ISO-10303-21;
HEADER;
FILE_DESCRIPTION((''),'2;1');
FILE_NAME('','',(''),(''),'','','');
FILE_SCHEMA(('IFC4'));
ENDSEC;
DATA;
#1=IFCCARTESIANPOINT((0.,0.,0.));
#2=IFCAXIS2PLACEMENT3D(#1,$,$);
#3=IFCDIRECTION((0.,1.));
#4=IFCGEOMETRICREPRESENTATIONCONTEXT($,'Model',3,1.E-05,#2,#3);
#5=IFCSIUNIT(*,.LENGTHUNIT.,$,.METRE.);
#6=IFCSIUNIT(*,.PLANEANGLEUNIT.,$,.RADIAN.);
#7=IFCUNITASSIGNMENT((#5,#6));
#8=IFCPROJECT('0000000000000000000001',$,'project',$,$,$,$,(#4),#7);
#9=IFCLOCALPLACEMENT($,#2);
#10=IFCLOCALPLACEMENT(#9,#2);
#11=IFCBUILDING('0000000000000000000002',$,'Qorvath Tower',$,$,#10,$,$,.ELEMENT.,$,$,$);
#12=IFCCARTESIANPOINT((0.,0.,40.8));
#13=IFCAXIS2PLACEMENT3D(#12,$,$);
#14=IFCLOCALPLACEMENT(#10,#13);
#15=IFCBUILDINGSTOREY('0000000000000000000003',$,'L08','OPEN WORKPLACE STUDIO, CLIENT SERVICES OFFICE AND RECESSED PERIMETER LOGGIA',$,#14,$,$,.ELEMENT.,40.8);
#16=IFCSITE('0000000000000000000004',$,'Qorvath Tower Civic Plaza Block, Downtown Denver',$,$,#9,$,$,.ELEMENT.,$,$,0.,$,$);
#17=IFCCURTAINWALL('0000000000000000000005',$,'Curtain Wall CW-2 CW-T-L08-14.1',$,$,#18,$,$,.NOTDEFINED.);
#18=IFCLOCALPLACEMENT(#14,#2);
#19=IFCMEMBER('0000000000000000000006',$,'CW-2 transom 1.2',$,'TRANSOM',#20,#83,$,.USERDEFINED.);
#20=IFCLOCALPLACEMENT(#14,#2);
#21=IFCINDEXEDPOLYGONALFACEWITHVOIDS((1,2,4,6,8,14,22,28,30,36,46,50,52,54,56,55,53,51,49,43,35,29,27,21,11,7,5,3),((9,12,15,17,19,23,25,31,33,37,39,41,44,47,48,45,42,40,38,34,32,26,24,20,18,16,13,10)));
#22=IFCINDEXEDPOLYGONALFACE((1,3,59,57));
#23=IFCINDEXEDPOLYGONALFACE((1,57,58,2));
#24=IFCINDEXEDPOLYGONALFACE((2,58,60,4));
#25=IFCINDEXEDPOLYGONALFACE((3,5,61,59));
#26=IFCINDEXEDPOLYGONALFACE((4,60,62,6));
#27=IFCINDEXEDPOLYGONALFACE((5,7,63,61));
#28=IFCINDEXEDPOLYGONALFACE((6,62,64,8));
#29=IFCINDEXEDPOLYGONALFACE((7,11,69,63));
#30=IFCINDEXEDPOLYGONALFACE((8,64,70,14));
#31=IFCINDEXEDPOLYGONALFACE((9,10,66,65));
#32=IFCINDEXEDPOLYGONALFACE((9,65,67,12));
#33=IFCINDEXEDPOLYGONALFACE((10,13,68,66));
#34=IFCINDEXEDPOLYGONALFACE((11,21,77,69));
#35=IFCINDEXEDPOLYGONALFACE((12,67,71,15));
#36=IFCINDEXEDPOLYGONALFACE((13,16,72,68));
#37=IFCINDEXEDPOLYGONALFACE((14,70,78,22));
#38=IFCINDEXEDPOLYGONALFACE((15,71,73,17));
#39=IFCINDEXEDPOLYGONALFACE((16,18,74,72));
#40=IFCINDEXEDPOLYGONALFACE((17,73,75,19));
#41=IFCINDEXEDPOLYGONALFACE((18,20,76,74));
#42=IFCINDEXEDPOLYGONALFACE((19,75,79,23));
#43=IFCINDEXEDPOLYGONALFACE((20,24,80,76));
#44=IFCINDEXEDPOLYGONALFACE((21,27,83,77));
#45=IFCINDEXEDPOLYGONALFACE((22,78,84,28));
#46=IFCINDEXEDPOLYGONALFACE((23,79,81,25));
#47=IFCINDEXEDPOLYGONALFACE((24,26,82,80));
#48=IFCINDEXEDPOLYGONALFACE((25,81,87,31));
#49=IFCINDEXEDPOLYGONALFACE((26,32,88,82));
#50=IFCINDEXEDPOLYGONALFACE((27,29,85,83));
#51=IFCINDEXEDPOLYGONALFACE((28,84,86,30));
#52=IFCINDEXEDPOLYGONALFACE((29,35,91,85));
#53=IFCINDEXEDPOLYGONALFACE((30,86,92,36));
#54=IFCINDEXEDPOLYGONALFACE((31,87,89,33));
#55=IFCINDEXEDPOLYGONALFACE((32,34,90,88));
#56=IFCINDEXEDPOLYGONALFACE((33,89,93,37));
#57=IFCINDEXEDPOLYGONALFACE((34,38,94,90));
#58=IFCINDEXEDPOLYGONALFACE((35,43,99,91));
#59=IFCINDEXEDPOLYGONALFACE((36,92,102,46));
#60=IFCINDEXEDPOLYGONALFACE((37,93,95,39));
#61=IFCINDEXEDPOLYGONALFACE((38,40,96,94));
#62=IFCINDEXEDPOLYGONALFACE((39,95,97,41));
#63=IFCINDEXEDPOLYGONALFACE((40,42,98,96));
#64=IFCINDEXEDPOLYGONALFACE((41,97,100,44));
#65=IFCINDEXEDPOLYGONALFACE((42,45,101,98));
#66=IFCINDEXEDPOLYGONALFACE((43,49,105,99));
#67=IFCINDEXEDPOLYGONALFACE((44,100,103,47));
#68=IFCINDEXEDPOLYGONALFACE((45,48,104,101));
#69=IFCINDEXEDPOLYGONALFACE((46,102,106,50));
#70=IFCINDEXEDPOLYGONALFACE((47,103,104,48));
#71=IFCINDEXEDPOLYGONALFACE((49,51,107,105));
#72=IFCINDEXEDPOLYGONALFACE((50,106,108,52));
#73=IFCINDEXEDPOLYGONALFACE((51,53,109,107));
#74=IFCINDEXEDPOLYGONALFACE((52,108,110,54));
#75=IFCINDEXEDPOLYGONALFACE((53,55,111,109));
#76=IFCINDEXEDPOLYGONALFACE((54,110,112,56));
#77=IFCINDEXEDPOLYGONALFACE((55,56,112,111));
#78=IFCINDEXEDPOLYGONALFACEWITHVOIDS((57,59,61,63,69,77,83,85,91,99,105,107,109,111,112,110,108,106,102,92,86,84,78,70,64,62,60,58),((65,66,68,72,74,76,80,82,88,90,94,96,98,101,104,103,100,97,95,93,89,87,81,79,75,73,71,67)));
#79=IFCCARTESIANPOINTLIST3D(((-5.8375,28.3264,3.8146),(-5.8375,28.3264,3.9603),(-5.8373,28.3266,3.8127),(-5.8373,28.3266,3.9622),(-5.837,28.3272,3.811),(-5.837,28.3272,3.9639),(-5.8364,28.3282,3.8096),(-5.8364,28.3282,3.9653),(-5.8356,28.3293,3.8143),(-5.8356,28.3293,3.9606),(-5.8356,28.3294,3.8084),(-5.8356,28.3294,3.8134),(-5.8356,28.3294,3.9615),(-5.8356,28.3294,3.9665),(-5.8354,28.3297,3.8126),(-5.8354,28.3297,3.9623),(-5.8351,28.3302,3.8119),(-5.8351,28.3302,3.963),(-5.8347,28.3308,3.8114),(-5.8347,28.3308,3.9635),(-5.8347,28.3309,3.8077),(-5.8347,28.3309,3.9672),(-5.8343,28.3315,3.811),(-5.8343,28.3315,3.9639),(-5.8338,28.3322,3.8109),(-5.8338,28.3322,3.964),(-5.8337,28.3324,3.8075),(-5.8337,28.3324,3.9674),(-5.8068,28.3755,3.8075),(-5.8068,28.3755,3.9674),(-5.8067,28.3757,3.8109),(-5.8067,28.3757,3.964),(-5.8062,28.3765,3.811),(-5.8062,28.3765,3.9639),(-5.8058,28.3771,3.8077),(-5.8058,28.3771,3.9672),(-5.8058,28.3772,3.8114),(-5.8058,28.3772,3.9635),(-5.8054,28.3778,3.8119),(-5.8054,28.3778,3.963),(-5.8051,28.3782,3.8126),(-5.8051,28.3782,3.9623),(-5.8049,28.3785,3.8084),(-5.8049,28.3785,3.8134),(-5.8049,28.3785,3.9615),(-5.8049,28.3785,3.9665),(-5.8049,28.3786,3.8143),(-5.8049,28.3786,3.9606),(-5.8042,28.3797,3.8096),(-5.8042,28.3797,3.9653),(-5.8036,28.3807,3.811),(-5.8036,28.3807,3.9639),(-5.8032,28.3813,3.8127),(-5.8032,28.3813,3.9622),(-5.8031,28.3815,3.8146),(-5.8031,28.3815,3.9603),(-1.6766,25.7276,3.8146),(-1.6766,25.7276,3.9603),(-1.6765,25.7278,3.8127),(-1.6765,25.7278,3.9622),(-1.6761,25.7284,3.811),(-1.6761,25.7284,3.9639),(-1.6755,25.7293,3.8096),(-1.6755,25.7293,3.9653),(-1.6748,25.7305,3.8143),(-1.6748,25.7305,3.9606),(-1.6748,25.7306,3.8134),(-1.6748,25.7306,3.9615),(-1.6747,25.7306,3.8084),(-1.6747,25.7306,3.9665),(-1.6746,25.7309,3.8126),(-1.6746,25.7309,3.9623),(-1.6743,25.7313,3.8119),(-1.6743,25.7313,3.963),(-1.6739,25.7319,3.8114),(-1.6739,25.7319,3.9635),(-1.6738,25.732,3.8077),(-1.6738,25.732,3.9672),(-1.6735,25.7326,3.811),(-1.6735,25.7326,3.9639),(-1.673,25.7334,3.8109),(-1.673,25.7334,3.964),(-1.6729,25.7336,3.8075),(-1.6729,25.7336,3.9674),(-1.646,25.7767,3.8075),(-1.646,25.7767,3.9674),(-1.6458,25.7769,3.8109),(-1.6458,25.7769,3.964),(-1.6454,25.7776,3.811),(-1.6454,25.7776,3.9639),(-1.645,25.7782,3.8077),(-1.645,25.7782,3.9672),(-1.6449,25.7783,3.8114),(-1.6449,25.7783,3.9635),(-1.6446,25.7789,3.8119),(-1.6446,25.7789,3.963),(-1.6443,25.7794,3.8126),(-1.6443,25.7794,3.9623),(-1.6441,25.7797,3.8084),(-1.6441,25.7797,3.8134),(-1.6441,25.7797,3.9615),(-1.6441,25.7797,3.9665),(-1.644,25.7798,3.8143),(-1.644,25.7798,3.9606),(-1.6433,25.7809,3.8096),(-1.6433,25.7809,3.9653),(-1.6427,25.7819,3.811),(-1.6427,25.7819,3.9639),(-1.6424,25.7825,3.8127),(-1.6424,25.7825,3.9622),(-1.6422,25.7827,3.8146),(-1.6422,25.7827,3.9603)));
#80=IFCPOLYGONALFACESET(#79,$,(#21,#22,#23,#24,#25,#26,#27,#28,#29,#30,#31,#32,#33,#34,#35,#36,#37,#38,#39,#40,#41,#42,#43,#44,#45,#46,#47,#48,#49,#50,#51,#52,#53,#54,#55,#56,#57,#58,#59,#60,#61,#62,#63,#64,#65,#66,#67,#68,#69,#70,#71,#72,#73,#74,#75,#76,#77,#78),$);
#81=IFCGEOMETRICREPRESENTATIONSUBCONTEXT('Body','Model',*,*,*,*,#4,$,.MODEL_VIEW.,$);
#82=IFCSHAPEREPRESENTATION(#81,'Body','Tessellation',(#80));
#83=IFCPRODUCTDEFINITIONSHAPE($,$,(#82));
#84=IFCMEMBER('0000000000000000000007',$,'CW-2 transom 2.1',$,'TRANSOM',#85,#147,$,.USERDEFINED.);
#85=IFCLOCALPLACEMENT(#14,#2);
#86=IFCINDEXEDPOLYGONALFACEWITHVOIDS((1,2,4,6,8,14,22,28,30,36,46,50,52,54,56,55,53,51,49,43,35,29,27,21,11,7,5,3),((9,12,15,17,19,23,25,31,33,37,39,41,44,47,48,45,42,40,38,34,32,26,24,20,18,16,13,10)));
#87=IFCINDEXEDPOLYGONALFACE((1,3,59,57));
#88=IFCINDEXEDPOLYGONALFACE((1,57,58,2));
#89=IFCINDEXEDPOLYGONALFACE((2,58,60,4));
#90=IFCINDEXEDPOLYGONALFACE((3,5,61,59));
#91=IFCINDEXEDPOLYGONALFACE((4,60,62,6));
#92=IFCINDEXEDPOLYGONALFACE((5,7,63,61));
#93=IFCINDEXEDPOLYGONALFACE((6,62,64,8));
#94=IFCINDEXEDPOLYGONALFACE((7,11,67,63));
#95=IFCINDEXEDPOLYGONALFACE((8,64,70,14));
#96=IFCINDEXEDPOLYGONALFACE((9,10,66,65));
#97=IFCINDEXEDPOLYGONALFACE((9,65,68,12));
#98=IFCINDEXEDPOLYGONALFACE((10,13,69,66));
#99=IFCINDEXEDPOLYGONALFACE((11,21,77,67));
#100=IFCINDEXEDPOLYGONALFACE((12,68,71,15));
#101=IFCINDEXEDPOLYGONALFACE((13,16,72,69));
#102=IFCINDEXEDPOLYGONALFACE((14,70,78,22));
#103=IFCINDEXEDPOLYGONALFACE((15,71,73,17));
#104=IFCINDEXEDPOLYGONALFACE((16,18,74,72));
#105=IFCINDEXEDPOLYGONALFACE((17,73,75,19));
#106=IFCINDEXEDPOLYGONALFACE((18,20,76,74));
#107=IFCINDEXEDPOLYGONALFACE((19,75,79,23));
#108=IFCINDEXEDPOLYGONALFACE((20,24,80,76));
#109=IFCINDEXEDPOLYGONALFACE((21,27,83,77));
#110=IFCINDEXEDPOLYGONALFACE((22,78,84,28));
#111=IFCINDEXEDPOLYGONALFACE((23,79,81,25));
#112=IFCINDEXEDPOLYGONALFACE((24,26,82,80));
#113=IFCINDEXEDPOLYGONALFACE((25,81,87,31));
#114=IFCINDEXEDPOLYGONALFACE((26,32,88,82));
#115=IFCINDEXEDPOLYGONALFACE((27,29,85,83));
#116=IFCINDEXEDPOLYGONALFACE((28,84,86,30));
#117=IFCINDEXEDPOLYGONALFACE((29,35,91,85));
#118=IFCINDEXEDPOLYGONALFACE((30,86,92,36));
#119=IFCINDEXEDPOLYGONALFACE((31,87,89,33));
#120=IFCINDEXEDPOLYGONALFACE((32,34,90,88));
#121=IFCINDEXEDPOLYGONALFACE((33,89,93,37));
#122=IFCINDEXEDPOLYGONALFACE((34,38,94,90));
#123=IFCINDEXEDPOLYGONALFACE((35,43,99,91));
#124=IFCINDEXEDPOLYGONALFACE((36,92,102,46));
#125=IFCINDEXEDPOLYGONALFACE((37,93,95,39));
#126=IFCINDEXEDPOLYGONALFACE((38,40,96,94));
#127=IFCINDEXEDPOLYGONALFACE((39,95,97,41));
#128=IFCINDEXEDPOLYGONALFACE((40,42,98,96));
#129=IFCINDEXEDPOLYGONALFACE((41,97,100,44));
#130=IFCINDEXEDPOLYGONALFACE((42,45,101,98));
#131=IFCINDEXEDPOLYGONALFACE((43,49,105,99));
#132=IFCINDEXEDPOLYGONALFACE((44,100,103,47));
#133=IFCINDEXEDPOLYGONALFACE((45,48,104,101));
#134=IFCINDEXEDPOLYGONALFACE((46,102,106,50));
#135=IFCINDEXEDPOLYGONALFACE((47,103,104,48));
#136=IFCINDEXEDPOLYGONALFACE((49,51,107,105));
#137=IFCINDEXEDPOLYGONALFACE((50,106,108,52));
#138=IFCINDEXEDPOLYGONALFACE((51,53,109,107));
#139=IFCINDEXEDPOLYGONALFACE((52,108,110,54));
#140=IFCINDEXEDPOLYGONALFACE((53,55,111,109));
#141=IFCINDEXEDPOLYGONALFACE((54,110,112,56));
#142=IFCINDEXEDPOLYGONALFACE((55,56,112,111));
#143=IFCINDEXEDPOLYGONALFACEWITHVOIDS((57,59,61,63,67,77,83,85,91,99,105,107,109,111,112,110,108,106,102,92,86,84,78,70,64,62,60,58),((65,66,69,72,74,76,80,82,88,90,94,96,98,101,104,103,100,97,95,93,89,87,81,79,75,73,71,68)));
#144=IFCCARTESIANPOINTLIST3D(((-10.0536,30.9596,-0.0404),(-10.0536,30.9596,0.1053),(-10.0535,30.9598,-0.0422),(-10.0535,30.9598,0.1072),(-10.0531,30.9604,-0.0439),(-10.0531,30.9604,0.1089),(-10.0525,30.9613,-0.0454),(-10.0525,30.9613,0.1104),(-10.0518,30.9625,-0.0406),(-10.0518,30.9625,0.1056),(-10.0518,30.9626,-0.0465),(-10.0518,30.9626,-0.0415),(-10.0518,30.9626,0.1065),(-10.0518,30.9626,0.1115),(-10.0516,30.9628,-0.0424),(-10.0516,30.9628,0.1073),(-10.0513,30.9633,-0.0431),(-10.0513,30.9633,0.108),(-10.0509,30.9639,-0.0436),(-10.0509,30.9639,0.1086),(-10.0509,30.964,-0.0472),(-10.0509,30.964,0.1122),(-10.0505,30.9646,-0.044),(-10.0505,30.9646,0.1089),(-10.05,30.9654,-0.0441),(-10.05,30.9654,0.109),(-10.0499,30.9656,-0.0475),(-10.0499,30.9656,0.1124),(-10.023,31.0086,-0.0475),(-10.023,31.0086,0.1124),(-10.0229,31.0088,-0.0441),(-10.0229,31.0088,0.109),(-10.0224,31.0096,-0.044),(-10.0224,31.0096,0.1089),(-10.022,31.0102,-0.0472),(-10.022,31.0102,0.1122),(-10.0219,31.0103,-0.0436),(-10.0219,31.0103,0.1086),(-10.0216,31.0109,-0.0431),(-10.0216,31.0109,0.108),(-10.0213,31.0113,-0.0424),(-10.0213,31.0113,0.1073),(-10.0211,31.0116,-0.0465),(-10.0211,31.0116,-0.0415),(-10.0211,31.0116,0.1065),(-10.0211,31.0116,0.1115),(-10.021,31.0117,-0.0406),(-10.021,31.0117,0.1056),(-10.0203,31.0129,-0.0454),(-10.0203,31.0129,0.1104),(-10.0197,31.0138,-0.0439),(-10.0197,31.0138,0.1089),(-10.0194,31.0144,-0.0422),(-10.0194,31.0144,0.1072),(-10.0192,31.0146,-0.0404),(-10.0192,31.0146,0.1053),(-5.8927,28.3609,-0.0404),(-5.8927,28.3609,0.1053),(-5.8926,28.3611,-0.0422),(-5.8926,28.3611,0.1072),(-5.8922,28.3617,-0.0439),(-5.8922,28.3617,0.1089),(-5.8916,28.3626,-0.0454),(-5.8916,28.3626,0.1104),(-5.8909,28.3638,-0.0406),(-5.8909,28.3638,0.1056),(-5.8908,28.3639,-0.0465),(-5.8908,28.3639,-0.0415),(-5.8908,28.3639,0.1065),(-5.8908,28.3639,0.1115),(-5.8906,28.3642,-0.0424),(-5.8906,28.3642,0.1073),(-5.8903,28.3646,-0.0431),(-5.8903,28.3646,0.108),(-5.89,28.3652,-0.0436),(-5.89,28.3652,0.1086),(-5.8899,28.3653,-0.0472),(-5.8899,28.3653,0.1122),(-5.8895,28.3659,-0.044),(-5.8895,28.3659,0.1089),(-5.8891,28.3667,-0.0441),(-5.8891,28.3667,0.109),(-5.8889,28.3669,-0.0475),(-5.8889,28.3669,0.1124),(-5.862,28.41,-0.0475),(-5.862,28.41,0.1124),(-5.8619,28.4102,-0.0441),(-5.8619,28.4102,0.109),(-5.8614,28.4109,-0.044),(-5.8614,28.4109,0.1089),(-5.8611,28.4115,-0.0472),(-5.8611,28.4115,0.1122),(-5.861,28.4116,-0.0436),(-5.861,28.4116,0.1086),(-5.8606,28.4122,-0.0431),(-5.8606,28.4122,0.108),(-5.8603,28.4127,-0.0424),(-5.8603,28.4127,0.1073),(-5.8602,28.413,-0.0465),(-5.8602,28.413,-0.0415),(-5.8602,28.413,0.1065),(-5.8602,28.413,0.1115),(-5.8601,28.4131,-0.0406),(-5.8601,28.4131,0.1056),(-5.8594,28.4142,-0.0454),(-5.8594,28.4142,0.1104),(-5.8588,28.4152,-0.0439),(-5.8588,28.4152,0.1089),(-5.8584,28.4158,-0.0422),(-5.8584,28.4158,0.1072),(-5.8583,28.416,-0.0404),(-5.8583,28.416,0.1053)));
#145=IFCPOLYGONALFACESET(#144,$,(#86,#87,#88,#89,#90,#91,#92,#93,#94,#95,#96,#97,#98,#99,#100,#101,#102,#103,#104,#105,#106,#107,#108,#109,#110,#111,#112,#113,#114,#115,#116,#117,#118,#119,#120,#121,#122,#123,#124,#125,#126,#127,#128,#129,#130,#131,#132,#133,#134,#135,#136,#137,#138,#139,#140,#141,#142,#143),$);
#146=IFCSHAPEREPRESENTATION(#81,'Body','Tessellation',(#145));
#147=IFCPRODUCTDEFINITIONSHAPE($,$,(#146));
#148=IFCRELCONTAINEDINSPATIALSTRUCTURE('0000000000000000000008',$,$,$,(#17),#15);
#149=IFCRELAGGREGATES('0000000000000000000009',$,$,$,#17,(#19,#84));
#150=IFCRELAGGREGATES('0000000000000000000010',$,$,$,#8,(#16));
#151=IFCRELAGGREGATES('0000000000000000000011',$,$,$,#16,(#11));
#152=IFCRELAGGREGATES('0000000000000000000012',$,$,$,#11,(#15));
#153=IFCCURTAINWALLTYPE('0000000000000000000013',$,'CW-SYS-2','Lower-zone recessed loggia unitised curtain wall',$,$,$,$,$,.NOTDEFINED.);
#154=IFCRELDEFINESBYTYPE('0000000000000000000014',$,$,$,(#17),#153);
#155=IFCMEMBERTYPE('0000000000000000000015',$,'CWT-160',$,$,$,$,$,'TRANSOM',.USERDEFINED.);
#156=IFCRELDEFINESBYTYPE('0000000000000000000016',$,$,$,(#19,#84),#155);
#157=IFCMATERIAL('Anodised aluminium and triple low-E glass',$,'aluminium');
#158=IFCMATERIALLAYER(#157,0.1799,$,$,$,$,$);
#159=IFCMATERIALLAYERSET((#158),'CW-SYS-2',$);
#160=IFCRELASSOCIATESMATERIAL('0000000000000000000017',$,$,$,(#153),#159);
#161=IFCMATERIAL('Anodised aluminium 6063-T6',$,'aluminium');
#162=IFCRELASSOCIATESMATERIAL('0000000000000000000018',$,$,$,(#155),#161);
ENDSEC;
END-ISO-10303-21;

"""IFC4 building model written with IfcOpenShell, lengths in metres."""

from ifc_helpers import new_model, si_unit, direction, frame, origin, origin_2d, place, context, subcontext, project, spatial, hollow_rectangle, extrude, material, layer, layer_set, material_profile, profile_set, type_object, element, aggregate, save


model = new_model("IFC4")

# Units and contexts
model_context = context("Model", 3, precision=1e-05, world=origin(), true_north=direction((0.0, 1.0)))
body_context = subcontext(model_context, "Body", "Model", "MODEL_VIEW")
ifc_project = project(units=[si_unit("LENGTHUNIT", "METRE"), si_unit("PLANEANGLEUNIT", "RADIAN")], contexts=[model_context])

# Site, building, storey
site_placement = place(None, origin())
site = spatial("IfcSite", under=ifc_project, at=site_placement, Name="Qorvath Tower Civic Plaza Block, Downtown Denver", CompositionType="ELEMENT", RefElevation=0.0)
building_placement = place(site_placement, origin())
building = spatial("IfcBuilding", under=site, at=building_placement, Name="Qorvath Tower", CompositionType="ELEMENT")
storey_placement = place(building_placement, frame((0.0, 0.0, 40.8)))
storey = spatial("IfcBuildingStorey", under=building, at=storey_placement, Name="L08", Description="OPEN WORKPLACE STUDIO, CLIENT SERVICES OFFICE AND RECESSED PERIMETER LOGGIA", CompositionType="ELEMENT", Elevation=40.8)

# Curtain wall
ifc_material_1 = material(Name="Anodised aluminium and triple low-E glass", Category="aluminium")
ifc_layer_1 = layer(ifc_material_1, 0.1799)
ifc_layer_set_1 = layer_set([ifc_layer_1], Name="CW-SYS-2")
curtain_wall_type = type_object("IfcCurtainWallType", Name="CW-SYS-2", Description="Lower-zone recessed loggia unitised curtain wall", PredefinedType="NOTDEFINED", material=ifc_layer_set_1)
curtain_wall_1_placement = place(storey_placement, origin())
curtain_wall_1 = element("IfcCurtainWall", 1, at=curtain_wall_1_placement, inside=storey, type_object=curtain_wall_type, Name="Curtain Wall CW-2 CW-T-L08-14.1", PredefinedType="NOTDEFINED")

# Members
ifc_material_2 = material(Name="Anodised aluminium 6063-T6", Category="aluminium")
ifc_material_profile_1 = material_profile(ifc_material_2, hollow_rectangle(XDim=0.0649, YDim=0.1599, WallThickness=0.0034, InnerFilletRadius=0.0034, OuterFilletRadius=0.0071, at=origin_2d()), Name="CWT 160x65")
ifc_profile_set_1 = profile_set([ifc_material_profile_1], Name="Anodised aluminium 6063-T6")
member_type_1 = type_object("IfcMemberType", Name="CWT-160", ElementType="TRANSOM", PredefinedType="USERDEFINED", material=ifc_profile_set_1)
member_1_placement = place(storey_placement, frame((-1.6594, 25.7551, 3.8875), z_axis=(-0.848152, 0.529753, 0.0), x_axis=(-0.529753, -0.848152, 0.0)))
member_1 = element("IfcMember", 2, at=member_1_placement, type_object=member_type_1, Name="CW-2 transom 1.2", ObjectType="TRANSOM", PredefinedType="USERDEFINED", context=body_context, shape_type="SweptSolid", body=[
    extrude(hollow_rectangle(XDim=0.0649, YDim=0.1599, WallThickness=0.0034, InnerFilletRadius=0.0034, OuterFilletRadius=0.0071, at=origin_2d()), origin(), (0.0, 0.0, 1.0), 4.9058),
])
member_2_placement = place(storey_placement, frame((-5.8755, 28.3884, 0.0325), z_axis=(-0.848174, 0.529717, 0.0), x_axis=(-0.529717, -0.848174, 0.0)))
member_2 = element("IfcMember", 3, at=member_2_placement, type_object=member_type_1, Name="CW-2 transom 2.1", ObjectType="TRANSOM", PredefinedType="USERDEFINED", context=body_context, shape_type="SweptSolid", body=[
    extrude(hollow_rectangle(XDim=0.0649, YDim=0.1599, WallThickness=0.0034, InnerFilletRadius=0.0034, OuterFilletRadius=0.0071, at=origin_2d()), origin(), (0.0, 0.0, 1.0), 4.9058),
])

aggregate(curtain_wall_1, [member_1, member_2])

save(model, "model.ifc")
